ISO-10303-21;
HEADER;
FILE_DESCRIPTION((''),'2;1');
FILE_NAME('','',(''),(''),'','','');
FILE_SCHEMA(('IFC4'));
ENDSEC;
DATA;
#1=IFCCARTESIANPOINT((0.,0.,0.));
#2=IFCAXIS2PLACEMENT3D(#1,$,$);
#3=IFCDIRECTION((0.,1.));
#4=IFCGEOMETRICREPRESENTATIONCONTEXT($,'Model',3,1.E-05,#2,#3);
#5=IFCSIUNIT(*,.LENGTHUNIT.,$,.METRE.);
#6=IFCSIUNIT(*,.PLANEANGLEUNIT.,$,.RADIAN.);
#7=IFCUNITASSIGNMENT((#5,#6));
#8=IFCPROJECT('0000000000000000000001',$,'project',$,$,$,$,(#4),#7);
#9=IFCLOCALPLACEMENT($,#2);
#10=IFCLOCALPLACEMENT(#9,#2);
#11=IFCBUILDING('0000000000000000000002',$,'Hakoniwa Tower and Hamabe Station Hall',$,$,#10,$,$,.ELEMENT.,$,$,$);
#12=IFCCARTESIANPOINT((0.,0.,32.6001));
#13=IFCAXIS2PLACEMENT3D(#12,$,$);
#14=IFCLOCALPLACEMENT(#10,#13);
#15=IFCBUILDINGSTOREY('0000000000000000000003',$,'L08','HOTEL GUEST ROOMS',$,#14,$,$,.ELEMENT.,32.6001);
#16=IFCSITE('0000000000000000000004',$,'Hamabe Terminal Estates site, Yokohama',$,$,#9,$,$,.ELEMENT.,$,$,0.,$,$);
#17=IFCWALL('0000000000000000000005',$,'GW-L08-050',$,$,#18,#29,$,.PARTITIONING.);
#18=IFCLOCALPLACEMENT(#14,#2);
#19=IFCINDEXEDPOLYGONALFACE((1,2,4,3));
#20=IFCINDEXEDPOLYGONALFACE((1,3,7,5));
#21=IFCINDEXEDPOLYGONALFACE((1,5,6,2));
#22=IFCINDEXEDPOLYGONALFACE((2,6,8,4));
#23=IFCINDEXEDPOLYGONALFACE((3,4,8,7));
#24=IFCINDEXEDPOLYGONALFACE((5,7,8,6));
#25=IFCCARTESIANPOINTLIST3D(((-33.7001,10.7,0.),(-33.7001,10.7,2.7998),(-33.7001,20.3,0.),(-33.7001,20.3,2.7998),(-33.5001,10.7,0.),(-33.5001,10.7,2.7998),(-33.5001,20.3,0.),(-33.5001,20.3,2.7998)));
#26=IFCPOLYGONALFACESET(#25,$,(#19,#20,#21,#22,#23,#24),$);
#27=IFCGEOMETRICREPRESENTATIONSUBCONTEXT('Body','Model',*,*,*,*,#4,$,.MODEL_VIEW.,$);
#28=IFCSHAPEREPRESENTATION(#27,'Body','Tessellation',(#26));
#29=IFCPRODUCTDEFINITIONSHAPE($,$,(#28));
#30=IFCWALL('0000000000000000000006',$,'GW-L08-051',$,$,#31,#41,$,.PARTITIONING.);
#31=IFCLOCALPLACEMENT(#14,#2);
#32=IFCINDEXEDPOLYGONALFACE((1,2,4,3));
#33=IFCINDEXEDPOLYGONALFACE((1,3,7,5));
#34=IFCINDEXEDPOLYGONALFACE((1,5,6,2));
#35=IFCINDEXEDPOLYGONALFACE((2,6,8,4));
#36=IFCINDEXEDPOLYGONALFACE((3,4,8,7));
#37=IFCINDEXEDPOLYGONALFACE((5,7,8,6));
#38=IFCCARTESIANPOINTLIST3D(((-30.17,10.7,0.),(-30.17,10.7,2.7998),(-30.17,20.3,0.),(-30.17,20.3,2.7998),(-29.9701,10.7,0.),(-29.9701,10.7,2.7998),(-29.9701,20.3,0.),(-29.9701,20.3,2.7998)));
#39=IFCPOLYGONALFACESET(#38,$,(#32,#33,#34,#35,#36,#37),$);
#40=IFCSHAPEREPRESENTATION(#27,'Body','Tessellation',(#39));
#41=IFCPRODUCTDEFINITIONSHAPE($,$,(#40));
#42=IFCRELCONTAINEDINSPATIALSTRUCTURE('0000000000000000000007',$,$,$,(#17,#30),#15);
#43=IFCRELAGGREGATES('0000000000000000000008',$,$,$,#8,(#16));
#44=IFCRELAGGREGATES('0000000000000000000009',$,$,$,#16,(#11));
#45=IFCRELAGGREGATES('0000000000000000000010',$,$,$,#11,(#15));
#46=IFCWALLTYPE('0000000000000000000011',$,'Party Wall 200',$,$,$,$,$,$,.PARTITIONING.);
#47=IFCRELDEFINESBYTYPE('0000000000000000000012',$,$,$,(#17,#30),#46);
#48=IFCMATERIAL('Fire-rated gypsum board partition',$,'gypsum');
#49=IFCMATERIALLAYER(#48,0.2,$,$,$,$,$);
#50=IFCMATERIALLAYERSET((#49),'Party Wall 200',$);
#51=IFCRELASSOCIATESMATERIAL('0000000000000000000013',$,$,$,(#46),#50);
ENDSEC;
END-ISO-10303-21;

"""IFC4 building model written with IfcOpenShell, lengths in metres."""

from ifc_helpers import new_model, si_unit, direction, frame, frame_2d, origin, place, context, subcontext, project, spatial, rectangle, extrude, material, layer, layer_set, type_object, element, save


model = new_model("IFC4")

# Units and contexts
model_context = context("Model", 3, precision=1e-05, world=origin(), true_north=direction((0.0, 1.0)))
body_context = subcontext(model_context, "Body", "Model", "MODEL_VIEW")
ifc_project = project(units=[si_unit("LENGTHUNIT", "METRE"), si_unit("PLANEANGLEUNIT", "RADIAN")], contexts=[model_context])

# Site, building, storey
site_placement = place(None, origin())
site = spatial("IfcSite", under=ifc_project, at=site_placement, Name="Hamabe Terminal Estates site, Yokohama", CompositionType="ELEMENT", RefElevation=0.0)
building_placement = place(site_placement, origin())
building = spatial("IfcBuilding", under=site, at=building_placement, Name="Hakoniwa Tower and Hamabe Station Hall", CompositionType="ELEMENT")
storey_placement = place(building_placement, frame((0.0, 0.0, 32.6001)))
storey = spatial("IfcBuildingStorey", under=building, at=storey_placement, Name="L08", Description="HOTEL GUEST ROOMS", CompositionType="ELEMENT", Elevation=32.6001)

# Walls
ifc_material_1 = material(Name="Fire-rated gypsum board partition", Category="gypsum")
ifc_layer_1 = layer(ifc_material_1, 0.2)
ifc_layer_set_1 = layer_set([ifc_layer_1], Name="Party Wall 200")
wall_type_1 = type_object("IfcWallType", Name="Party Wall 200", PredefinedType="PARTITIONING", material=ifc_layer_set_1)
for number, where, z_axis, x_axis, name in (
    (1, (-33.6001, 10.7, 0.0), (0.0, 0.0, 1.0), (0.0, 1.0, 0.0), "GW-L08-050"),
    (2, (-30.0701, 10.7, 0.0), (0.0, 0.0, 1.0), (0.0, 1.0, 0.0), "GW-L08-051"),
):
    element("IfcWall", number, at=place(storey_placement, frame(where, z_axis=z_axis, x_axis=x_axis)), inside=storey, type_object=wall_type_1, Name=name, PredefinedType="PARTITIONING", context=body_context, shape_type="SweptSolid", body=[
        extrude(rectangle(XDim=9.6001, YDim=0.2, at=frame_2d((4.8, 0.0))), origin(), (0.0, 0.0, 1.0), 2.7998),
    ])

save(model, "model.ifc")
